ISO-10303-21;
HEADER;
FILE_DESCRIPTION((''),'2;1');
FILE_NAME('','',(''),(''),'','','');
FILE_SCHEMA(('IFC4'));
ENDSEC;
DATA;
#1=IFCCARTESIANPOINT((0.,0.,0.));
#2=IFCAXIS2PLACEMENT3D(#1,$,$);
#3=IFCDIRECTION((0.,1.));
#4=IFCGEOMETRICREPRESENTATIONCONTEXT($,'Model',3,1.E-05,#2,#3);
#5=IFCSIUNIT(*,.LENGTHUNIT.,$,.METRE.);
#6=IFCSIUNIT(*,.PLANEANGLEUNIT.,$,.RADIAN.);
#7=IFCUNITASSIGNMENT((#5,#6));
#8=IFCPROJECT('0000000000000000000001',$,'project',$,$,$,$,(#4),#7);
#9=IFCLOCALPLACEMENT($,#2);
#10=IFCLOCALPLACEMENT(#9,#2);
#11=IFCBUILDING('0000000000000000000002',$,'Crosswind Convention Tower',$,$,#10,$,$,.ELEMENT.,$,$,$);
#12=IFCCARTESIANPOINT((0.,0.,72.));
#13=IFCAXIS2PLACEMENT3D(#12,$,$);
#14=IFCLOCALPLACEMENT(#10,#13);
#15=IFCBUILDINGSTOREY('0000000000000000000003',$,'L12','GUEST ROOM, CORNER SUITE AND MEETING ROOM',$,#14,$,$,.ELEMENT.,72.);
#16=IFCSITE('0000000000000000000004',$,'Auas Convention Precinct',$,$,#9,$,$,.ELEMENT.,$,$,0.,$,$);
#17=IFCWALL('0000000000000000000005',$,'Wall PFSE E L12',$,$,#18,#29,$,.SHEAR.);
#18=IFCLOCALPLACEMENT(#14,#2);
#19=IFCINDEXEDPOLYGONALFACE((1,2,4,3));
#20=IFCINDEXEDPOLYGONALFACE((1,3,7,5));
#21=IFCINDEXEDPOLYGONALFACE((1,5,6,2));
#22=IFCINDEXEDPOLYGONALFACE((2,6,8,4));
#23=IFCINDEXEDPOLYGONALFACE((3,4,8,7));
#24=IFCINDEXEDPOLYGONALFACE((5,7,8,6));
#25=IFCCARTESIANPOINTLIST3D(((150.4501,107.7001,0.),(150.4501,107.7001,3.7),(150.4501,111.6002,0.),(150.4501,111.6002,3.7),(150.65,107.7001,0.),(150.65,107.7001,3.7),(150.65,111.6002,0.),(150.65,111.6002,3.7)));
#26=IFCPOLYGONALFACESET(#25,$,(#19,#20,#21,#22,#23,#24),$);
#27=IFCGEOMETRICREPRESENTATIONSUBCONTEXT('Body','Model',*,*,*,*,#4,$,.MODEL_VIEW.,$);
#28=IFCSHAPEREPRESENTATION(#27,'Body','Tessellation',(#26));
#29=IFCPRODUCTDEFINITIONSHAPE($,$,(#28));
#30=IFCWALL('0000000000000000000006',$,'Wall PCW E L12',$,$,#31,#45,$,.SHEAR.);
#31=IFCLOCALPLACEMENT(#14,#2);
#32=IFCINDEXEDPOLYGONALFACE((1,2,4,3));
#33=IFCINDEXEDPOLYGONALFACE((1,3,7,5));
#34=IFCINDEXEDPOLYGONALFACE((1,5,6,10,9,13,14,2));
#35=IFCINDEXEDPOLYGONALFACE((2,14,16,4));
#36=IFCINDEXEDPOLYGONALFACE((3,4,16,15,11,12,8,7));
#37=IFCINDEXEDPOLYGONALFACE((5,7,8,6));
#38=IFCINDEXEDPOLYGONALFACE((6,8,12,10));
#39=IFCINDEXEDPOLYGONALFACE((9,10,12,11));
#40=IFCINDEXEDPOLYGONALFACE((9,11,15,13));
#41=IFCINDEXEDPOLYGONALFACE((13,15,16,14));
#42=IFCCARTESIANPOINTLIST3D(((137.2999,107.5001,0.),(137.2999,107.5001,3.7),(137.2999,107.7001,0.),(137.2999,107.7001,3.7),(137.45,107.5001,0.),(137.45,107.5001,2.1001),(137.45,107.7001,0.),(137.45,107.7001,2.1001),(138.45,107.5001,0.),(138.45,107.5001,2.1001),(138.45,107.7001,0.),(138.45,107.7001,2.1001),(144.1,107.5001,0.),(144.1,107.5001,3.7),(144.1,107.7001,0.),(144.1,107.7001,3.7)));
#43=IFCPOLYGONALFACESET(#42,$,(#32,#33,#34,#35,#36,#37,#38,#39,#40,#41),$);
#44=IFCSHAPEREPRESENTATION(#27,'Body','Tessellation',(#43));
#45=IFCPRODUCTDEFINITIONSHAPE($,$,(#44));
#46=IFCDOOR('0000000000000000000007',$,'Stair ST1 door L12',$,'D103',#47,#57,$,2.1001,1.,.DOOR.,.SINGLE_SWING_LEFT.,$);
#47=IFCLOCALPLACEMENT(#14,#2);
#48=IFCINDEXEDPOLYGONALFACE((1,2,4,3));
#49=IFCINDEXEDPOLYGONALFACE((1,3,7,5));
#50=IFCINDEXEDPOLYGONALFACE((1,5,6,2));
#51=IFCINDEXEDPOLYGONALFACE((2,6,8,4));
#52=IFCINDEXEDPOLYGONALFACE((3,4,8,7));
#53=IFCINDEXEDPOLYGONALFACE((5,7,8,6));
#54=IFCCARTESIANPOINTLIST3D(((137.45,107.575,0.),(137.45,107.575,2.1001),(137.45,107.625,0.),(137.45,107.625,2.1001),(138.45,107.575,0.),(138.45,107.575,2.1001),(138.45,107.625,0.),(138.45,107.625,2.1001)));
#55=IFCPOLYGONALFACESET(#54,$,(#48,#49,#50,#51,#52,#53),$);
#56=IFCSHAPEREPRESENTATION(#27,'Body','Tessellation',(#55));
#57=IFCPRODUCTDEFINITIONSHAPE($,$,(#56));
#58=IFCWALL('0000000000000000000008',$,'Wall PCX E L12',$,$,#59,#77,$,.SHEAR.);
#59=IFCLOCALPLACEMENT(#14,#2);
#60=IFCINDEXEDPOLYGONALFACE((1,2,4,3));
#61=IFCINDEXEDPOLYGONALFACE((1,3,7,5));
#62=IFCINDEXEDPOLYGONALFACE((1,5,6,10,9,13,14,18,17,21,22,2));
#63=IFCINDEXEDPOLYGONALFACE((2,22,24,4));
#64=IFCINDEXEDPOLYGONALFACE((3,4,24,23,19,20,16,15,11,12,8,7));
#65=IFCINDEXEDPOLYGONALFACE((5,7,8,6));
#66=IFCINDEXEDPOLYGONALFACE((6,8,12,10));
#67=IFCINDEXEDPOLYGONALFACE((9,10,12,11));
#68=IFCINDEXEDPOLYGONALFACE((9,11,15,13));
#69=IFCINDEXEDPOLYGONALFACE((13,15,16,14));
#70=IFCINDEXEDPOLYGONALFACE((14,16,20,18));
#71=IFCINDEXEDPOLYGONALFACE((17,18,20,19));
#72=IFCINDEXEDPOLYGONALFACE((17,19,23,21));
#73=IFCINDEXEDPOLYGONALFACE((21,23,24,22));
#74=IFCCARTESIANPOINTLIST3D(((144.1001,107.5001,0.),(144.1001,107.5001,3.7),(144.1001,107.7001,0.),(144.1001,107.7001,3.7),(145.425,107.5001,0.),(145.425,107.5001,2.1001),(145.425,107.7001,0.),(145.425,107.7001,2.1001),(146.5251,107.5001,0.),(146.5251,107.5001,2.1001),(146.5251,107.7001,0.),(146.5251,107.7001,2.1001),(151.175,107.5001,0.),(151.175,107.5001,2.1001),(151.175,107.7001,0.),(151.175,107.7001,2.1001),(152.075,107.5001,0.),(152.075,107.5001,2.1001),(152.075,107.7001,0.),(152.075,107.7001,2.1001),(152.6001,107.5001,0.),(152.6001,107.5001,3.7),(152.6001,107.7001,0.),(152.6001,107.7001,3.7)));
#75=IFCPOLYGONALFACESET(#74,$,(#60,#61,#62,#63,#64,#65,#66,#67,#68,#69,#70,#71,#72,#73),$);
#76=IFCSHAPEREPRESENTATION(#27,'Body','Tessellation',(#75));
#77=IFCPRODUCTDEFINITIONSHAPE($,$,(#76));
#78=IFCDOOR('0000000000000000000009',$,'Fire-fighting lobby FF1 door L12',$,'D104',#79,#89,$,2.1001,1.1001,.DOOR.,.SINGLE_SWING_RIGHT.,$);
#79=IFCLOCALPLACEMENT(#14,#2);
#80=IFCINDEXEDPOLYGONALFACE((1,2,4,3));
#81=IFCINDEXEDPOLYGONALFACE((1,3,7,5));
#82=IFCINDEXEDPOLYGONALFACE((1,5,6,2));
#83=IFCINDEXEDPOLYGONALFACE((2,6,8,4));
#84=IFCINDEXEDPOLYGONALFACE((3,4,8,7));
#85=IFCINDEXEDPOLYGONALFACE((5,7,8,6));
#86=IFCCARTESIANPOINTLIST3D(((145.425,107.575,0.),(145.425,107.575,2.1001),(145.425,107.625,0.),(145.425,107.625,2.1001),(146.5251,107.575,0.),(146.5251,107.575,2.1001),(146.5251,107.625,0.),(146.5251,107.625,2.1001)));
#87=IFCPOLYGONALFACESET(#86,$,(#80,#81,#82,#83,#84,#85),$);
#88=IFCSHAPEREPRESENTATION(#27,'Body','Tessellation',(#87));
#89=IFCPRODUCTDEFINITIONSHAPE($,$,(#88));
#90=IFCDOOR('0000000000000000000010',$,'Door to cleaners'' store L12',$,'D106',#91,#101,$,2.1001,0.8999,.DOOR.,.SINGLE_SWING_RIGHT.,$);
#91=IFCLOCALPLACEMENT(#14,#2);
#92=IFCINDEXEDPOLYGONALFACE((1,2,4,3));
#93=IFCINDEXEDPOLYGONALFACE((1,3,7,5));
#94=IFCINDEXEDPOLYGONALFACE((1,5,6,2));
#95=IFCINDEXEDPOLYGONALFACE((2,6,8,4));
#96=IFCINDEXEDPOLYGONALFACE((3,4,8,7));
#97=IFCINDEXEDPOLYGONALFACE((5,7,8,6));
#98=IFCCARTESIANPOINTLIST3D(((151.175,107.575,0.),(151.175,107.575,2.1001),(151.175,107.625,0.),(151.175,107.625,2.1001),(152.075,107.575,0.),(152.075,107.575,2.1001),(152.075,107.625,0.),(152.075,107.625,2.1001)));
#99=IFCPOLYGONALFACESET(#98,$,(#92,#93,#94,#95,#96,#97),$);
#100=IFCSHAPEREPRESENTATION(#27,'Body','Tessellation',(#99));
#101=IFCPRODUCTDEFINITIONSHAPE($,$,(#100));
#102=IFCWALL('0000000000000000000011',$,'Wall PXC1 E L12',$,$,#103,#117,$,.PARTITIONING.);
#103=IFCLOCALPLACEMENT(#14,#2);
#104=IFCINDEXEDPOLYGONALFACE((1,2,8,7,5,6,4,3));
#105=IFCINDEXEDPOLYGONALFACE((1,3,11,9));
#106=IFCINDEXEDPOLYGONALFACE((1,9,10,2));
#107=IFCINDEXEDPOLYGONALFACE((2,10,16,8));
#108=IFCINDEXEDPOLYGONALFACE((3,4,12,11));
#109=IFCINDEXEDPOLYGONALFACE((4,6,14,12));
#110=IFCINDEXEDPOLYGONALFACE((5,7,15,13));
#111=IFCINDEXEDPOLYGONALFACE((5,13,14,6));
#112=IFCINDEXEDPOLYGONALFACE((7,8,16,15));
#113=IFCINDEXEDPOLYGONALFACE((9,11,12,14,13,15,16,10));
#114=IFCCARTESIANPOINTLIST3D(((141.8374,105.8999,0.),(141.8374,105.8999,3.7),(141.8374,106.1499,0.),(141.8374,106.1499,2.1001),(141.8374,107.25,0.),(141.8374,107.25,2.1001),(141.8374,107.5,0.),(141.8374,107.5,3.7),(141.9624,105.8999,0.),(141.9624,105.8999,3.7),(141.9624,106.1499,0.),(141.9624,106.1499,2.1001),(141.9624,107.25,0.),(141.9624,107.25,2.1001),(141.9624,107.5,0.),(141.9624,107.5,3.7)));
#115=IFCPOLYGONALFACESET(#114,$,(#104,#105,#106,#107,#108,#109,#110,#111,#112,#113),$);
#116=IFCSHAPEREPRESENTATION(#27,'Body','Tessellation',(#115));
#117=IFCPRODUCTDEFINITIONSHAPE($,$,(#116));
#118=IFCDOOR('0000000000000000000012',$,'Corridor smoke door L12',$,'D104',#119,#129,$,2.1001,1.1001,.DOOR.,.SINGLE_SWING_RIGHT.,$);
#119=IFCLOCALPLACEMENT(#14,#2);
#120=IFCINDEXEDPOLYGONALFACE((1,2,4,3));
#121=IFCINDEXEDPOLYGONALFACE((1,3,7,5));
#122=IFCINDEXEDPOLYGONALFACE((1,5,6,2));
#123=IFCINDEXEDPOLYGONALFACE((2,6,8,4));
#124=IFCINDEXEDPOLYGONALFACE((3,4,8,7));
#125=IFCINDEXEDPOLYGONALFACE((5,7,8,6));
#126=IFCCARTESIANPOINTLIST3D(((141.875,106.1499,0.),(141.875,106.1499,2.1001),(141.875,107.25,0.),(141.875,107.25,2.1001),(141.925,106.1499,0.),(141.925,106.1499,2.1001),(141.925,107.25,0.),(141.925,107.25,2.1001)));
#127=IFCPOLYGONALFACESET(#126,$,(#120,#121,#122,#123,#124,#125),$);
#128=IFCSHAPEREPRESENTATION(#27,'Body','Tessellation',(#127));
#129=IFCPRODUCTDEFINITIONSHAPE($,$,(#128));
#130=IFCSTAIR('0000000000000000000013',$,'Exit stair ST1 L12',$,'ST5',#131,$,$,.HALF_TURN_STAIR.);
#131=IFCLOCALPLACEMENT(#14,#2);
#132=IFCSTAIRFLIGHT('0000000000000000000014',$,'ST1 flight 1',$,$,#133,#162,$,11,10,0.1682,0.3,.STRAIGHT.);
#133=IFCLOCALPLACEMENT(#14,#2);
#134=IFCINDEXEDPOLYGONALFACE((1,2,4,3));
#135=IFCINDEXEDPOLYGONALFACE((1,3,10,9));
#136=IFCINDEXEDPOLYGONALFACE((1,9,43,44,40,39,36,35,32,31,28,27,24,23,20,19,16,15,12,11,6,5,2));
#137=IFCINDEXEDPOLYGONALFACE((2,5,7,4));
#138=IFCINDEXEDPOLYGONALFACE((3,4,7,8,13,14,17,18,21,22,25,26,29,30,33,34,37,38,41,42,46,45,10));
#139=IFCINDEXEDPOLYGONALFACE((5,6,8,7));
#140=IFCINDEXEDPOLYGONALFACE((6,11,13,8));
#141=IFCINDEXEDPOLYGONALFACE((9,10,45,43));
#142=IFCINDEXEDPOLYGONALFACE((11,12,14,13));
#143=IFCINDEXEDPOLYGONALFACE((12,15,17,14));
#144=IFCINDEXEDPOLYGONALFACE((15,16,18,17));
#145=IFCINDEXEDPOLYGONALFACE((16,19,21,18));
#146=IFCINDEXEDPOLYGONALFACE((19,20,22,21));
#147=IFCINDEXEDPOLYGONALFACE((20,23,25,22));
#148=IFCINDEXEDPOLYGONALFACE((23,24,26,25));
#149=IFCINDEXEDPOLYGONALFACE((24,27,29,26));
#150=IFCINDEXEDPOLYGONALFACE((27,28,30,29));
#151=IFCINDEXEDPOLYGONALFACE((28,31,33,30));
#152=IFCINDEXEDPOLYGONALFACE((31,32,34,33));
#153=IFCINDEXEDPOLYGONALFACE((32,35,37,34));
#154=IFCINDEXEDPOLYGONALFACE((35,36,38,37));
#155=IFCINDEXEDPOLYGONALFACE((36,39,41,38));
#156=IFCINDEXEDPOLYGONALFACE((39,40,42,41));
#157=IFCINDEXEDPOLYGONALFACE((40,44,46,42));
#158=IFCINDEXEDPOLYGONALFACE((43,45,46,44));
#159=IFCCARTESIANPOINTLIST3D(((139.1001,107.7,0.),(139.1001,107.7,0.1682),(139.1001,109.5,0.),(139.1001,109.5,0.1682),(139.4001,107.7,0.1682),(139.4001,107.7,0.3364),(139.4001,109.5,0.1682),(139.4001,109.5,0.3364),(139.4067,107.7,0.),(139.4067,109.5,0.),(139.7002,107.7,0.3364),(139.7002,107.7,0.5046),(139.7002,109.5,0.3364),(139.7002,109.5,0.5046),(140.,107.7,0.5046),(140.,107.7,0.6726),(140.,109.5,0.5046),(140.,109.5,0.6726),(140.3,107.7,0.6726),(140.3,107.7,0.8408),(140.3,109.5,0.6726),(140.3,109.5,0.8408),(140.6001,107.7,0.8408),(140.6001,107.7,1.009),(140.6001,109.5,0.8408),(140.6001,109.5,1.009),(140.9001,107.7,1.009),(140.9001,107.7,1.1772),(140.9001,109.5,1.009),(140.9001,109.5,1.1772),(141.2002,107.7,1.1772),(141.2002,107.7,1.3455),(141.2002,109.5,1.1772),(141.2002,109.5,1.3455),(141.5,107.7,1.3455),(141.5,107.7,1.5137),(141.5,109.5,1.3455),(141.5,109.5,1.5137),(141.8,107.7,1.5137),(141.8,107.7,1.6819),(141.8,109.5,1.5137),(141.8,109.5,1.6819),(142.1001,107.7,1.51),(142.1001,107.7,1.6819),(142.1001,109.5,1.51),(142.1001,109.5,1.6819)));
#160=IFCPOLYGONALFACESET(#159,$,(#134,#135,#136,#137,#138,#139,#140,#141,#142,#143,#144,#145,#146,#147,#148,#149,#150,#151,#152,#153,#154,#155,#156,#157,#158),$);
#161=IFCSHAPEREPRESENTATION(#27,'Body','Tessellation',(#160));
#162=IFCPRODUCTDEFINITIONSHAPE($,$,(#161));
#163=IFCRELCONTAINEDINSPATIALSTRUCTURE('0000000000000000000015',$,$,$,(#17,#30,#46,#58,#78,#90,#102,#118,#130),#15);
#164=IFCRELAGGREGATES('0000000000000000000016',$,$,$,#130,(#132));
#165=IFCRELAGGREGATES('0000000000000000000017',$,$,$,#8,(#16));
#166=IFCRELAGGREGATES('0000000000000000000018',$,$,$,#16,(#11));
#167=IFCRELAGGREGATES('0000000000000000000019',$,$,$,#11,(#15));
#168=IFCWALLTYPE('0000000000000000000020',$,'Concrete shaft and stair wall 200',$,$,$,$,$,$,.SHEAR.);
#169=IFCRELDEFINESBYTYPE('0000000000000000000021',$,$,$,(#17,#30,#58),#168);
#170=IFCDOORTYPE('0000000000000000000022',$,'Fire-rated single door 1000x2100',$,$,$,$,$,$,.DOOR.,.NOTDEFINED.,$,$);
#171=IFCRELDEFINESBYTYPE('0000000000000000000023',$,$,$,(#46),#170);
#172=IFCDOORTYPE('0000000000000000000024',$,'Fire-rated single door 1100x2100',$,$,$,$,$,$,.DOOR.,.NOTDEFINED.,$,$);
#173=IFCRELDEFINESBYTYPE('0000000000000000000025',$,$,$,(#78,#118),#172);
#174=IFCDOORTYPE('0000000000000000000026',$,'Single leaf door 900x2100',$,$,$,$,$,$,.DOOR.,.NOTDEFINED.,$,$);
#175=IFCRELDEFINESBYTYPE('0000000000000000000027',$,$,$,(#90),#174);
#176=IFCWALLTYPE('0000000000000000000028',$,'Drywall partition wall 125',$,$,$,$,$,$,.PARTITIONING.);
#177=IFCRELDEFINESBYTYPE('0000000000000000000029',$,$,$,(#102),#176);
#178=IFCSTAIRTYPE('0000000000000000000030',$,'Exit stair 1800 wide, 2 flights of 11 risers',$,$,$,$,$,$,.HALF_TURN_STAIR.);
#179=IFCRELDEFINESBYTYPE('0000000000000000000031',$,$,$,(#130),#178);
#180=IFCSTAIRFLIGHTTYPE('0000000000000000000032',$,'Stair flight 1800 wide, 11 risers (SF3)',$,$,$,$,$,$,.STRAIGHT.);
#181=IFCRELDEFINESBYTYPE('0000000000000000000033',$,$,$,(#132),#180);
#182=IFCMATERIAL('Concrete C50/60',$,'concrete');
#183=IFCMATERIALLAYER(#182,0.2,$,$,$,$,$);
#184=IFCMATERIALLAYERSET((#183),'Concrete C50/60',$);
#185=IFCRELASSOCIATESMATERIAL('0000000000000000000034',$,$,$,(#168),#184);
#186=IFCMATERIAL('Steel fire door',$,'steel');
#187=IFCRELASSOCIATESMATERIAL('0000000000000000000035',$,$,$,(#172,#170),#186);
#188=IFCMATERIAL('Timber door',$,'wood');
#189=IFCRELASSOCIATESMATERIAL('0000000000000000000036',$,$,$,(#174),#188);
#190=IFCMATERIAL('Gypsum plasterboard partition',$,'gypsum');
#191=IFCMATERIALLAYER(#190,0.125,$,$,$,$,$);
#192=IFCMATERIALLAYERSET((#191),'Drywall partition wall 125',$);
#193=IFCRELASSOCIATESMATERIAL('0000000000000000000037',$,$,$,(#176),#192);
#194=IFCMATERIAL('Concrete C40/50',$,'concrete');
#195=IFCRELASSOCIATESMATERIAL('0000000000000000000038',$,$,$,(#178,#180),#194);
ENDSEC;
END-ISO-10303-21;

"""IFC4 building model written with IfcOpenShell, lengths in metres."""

from ifc_helpers import new_model, si_unit, direction, frame, frame_2d, origin, place, context, subcontext, project, spatial, polyline, rectangle, outline, extrude, material, layer, layer_set, type_object, element, fill, aggregate, save


model = new_model("IFC4")

# Units and contexts
model_context = context("Model", 3, precision=1e-05, world=origin(), true_north=direction((0.0, 1.0)))
body_context = subcontext(model_context, "Body", "Model", "MODEL_VIEW")
ifc_project = project(units=[si_unit("LENGTHUNIT", "METRE"), si_unit("PLANEANGLEUNIT", "RADIAN")], contexts=[model_context])

# Site, building, storey
site_placement = place(None, origin())
site = spatial("IfcSite", under=ifc_project, at=site_placement, Name="Auas Convention Precinct", CompositionType="ELEMENT", RefElevation=0.0)
building_placement = place(site_placement, origin())
building = spatial("IfcBuilding", under=site, at=building_placement, Name="Crosswind Convention Tower", CompositionType="ELEMENT")
storey_placement = place(building_placement, frame((0.0, 0.0, 72.0)))
storey = spatial("IfcBuildingStorey", under=building, at=storey_placement, Name="L12", Description="GUEST ROOM, CORNER SUITE AND MEETING ROOM", CompositionType="ELEMENT", Elevation=72.0)

# Shared definitions
ifc_material_1 = material(Name="Concrete C50/60", Category="concrete")
ifc_layer_1 = layer(ifc_material_1, 0.2)
ifc_layer_set_1 = layer_set([ifc_layer_1], Name="Concrete C50/60")
wall_type_1 = type_object("IfcWallType", Name="Concrete shaft and stair wall 200", PredefinedType="SHEAR", material=ifc_layer_set_1)

# Shared definitions
ifc_material_2 = material(Name="Steel fire door", Category="steel")
door_type_1 = type_object("IfcDoorType", Name="Fire-rated single door 1100x2100", OperationType="NOTDEFINED", PredefinedType="DOOR", material=ifc_material_2)

# Wall
wall_1_placement = place(storey_placement, frame((150.55, 107.7, 0.0), z_axis=(0.0, 0.0, 1.0), x_axis=(0.0, 1.0, 0.0)))
element("IfcWall", 1, at=wall_1_placement, inside=storey, type_object=wall_type_1, Name="Wall PFSE E L12", PredefinedType="SHEAR", context=body_context, shape_type="SweptSolid", body=[
    extrude(rectangle(XDim=3.9001, YDim=0.2, at=frame_2d((1.9502, 0.0))), origin(), (0.0, 0.0, 1.0), 3.7),
])

# Wall, opening, door
wall_2_placement = place(storey_placement, frame((137.3, 107.6001, 0.0), z_axis=(0.0, 0.0, 1.0), x_axis=(1.0, 0.0, 0.0)))
wall_2 = element("IfcWall", 2, at=wall_2_placement, inside=storey, type_object=wall_type_1, Name="Wall PCW E L12", PredefinedType="SHEAR", context=body_context, shape_type="SweptSolid", body=[
    extrude(rectangle(XDim=6.8, YDim=0.2, at=frame_2d((3.3999, 0.0))), origin(), (0.0, 0.0, 1.0), 3.7),
])
opening_1_placement = place(wall_2_placement, frame((0.1499, 0.0, 0.0)))
opening_1 = element("IfcOpeningElement", 3, at=opening_1_placement, cuts=wall_2, PredefinedType="OPENING", context=body_context, shape_type="SweptSolid", body=[
    extrude(rectangle(XDim=1.0, YDim=2.1001, at=frame_2d((0.5, 1.05))), frame((0.0, 0.1099, 0.0), z_axis=(0.0, -1.0, 0.0), x_axis=(1.0, 0.0, 0.0)), (0.0, 0.0, 1.0), 0.22),
])
door_type_2 = type_object("IfcDoorType", Name="Fire-rated single door 1000x2100", OperationType="NOTDEFINED", PredefinedType="DOOR", material=ifc_material_2)
door_1_placement = place(opening_1_placement, origin())
door_1 = element("IfcDoor", 4, at=door_1_placement, inside=storey, type_object=door_type_2, Name="Stair ST1 door L12", ObjectType="D103", OperationType="SINGLE_SWING_LEFT", OverallHeight=2.1001, OverallWidth=1.0, PredefinedType="DOOR", context=body_context, shape_type="SweptSolid", body=[
    extrude(rectangle(XDim=1.0, YDim=2.1001, at=frame_2d((0.5, 1.05))), frame((0.0, 0.0249, 0.0), z_axis=(0.0, -1.0, 0.0), x_axis=(1.0, 0.0, 0.0)), (0.0, 0.0, 1.0), 0.05),
])
fill(opening_1, door_1)

# Wall, openings, doors
wall_3_placement = place(storey_placement, frame((144.1001, 107.6001, 0.0), z_axis=(0.0, 0.0, 1.0), x_axis=(1.0, 0.0, 0.0)))
wall_3 = element("IfcWall", 5, at=wall_3_placement, inside=storey, type_object=wall_type_1, Name="Wall PCX E L12", PredefinedType="SHEAR", context=body_context, shape_type="SweptSolid", body=[
    extrude(rectangle(XDim=8.5, YDim=0.2, at=frame_2d((4.25, 0.0))), origin(), (0.0, 0.0, 1.0), 3.7),
])
opening_2_placement = place(wall_3_placement, frame((1.325, 0.0, 0.0)))
opening_2 = element("IfcOpeningElement", 6, at=opening_2_placement, cuts=wall_3, PredefinedType="OPENING", context=body_context, shape_type="SweptSolid", body=[
    extrude(rectangle(XDim=1.1001, YDim=2.1001, at=frame_2d((0.55, 1.05))), frame((0.0, 0.1099, 0.0), z_axis=(0.0, -1.0, 0.0), x_axis=(1.0, 0.0, 0.0)), (0.0, 0.0, 1.0), 0.22),
])
opening_3_placement = place(wall_3_placement, frame((7.075, 0.0, 0.0)))
opening_3 = element("IfcOpeningElement", 7, at=opening_3_placement, cuts=wall_3, PredefinedType="OPENING", context=body_context, shape_type="SweptSolid", body=[
    extrude(rectangle(XDim=0.8999, YDim=2.1001, at=frame_2d((0.45, 1.05))), frame((0.0, 0.1099, 0.0), z_axis=(0.0, -1.0, 0.0), x_axis=(1.0, 0.0, 0.0)), (0.0, 0.0, 1.0), 0.22),
])
door_2_placement = place(opening_2_placement, origin())
door_2 = element("IfcDoor", 8, at=door_2_placement, inside=storey, type_object=door_type_1, Name="Fire-fighting lobby FF1 door L12", ObjectType="D104", OperationType="SINGLE_SWING_RIGHT", OverallHeight=2.1001, OverallWidth=1.1001, PredefinedType="DOOR", context=body_context, shape_type="SweptSolid", body=[
    extrude(rectangle(XDim=1.1001, YDim=2.1001, at=frame_2d((0.55, 1.05))), frame((0.0, 0.0249, 0.0), z_axis=(0.0, -1.0, 0.0), x_axis=(1.0, 0.0, 0.0)), (0.0, 0.0, 1.0), 0.05),
])
fill(opening_2, door_2)
ifc_material_3 = material(Name="Timber door", Category="wood")
door_type_3 = type_object("IfcDoorType", Name="Single leaf door 900x2100", OperationType="NOTDEFINED", PredefinedType="DOOR", material=ifc_material_3)
door_3_placement = place(opening_3_placement, origin())
door_3 = element("IfcDoor", 9, at=door_3_placement, inside=storey, type_object=door_type_3, Name="Door to cleaners' store L12", ObjectType="D106", OperationType="SINGLE_SWING_RIGHT", OverallHeight=2.1001, OverallWidth=0.8999, PredefinedType="DOOR", context=body_context, shape_type="SweptSolid", body=[
    extrude(rectangle(XDim=0.8999, YDim=2.1001, at=frame_2d((0.45, 1.05))), frame((0.0, 0.0249, 0.0), z_axis=(0.0, -1.0, 0.0), x_axis=(1.0, 0.0, 0.0)), (0.0, 0.0, 1.0), 0.05),
])
fill(opening_3, door_3)

# Wall, opening, door
ifc_material_4 = material(Name="Gypsum plasterboard partition", Category="gypsum")
ifc_layer_2 = layer(ifc_material_4, 0.125)
ifc_layer_set_2 = layer_set([ifc_layer_2], Name="Drywall partition wall 125")
wall_type_2 = type_object("IfcWallType", Name="Drywall partition wall 125", PredefinedType="PARTITIONING", material=ifc_layer_set_2)
wall_4_placement = place(storey_placement, frame((141.8999, 105.8999, 0.0), z_axis=(0.0, 0.0, 1.0), x_axis=(0.0, 1.0, 0.0)))
wall_4 = element("IfcWall", 10, at=wall_4_placement, inside=storey, type_object=wall_type_2, Name="Wall PXC1 E L12", PredefinedType="PARTITIONING", context=body_context, shape_type="SweptSolid", body=[
    extrude(rectangle(XDim=1.6001, YDim=0.125, at=frame_2d((0.8, 0.0))), origin(), (0.0, 0.0, 1.0), 3.7),
])
opening_4_placement = place(wall_4_placement, frame((0.25, 0.0, 0.0)))
opening_4 = element("IfcOpeningElement", 11, at=opening_4_placement, cuts=wall_4, PredefinedType="OPENING", context=body_context, shape_type="SweptSolid", body=[
    extrude(rectangle(XDim=1.1001, YDim=2.1001, at=frame_2d((0.55, 1.05))), frame((0.0, 0.0725, 0.0), z_axis=(0.0, -1.0, 0.0), x_axis=(1.0, 0.0, 0.0)), (0.0, 0.0, 1.0), 0.145),
])
door_4_placement = place(opening_4_placement, origin())
door_4 = element("IfcDoor", 12, at=door_4_placement, inside=storey, type_object=door_type_1, Name="Corridor smoke door L12", ObjectType="D104", OperationType="SINGLE_SWING_RIGHT", OverallHeight=2.1001, OverallWidth=1.1001, PredefinedType="DOOR", context=body_context, shape_type="SweptSolid", body=[
    extrude(rectangle(XDim=1.1001, YDim=2.1001, at=frame_2d((0.55, 1.05))), frame((0.0, 0.0249, 0.0), z_axis=(0.0, -1.0, 0.0), x_axis=(1.0, 0.0, 0.0)), (0.0, 0.0, 1.0), 0.05),
])
fill(opening_4, door_4)

# Stair, stair flight
ifc_material_5 = material(Name="Concrete C40/50", Category="concrete")
stair_type = type_object("IfcStairType", Name="Exit stair 1800 wide, 2 flights of 11 risers", PredefinedType="HALF_TURN_STAIR", material=ifc_material_5)
stair_placement = place(storey_placement, origin())
stair = element("IfcStair", 13, at=stair_placement, inside=storey, type_object=stair_type, Name="Exit stair ST1 L12", ObjectType="ST5", PredefinedType="HALF_TURN_STAIR")
stair_flight_type = type_object("IfcStairFlightType", Name="Stair flight 1800 wide, 11 risers (SF3)", PredefinedType="STRAIGHT", material=ifc_material_5)
stair_flight_placement = place(storey_placement, frame((139.1001, 108.6001, 0.0), z_axis=(0.0, 0.0, 1.0), x_axis=(1.0, 0.0, 0.0)))
stair_flight = element("IfcStairFlight", 14, at=stair_flight_placement, type_object=stair_flight_type, Name="ST1 flight 1", NumberOfRisers=11, NumberOfTreads=10, PredefinedType="STRAIGHT", RiserHeight=0.1682, TreadLength=0.3, context=body_context, shape_type="SweptSolid", body=[
    extrude(outline(polyline([(0.0, 0.0), (0.0, 0.1682), (0.3, 0.1682), (0.3, 0.3364), (0.6001, 0.3364), (0.6001, 0.5046), (0.8999, 0.5046), (0.8999, 0.6726), (1.2, 0.6726), (1.2, 0.8408), (1.5, 0.8408), (1.5, 1.009), (1.8, 1.009), (1.8, 1.1772), (2.1001, 1.1772), (2.1001, 1.3455), (2.3999, 1.3455), (2.3999, 1.5137), (2.7, 1.5137), (2.7, 1.6819), (3.0, 1.6819), (3.0, 1.8501), (3.0, 1.51), (0.3066, 0.0), (0.0, 0.0)])), frame((0.0, 0.8999, 0.0), z_axis=(0.0, -1.0, 0.0), x_axis=(1.0, 0.0, 0.0)), (0.0, 0.0, 1.0), 1.8),
])
aggregate(stair, [stair_flight])

save(model, "model.ifc")
